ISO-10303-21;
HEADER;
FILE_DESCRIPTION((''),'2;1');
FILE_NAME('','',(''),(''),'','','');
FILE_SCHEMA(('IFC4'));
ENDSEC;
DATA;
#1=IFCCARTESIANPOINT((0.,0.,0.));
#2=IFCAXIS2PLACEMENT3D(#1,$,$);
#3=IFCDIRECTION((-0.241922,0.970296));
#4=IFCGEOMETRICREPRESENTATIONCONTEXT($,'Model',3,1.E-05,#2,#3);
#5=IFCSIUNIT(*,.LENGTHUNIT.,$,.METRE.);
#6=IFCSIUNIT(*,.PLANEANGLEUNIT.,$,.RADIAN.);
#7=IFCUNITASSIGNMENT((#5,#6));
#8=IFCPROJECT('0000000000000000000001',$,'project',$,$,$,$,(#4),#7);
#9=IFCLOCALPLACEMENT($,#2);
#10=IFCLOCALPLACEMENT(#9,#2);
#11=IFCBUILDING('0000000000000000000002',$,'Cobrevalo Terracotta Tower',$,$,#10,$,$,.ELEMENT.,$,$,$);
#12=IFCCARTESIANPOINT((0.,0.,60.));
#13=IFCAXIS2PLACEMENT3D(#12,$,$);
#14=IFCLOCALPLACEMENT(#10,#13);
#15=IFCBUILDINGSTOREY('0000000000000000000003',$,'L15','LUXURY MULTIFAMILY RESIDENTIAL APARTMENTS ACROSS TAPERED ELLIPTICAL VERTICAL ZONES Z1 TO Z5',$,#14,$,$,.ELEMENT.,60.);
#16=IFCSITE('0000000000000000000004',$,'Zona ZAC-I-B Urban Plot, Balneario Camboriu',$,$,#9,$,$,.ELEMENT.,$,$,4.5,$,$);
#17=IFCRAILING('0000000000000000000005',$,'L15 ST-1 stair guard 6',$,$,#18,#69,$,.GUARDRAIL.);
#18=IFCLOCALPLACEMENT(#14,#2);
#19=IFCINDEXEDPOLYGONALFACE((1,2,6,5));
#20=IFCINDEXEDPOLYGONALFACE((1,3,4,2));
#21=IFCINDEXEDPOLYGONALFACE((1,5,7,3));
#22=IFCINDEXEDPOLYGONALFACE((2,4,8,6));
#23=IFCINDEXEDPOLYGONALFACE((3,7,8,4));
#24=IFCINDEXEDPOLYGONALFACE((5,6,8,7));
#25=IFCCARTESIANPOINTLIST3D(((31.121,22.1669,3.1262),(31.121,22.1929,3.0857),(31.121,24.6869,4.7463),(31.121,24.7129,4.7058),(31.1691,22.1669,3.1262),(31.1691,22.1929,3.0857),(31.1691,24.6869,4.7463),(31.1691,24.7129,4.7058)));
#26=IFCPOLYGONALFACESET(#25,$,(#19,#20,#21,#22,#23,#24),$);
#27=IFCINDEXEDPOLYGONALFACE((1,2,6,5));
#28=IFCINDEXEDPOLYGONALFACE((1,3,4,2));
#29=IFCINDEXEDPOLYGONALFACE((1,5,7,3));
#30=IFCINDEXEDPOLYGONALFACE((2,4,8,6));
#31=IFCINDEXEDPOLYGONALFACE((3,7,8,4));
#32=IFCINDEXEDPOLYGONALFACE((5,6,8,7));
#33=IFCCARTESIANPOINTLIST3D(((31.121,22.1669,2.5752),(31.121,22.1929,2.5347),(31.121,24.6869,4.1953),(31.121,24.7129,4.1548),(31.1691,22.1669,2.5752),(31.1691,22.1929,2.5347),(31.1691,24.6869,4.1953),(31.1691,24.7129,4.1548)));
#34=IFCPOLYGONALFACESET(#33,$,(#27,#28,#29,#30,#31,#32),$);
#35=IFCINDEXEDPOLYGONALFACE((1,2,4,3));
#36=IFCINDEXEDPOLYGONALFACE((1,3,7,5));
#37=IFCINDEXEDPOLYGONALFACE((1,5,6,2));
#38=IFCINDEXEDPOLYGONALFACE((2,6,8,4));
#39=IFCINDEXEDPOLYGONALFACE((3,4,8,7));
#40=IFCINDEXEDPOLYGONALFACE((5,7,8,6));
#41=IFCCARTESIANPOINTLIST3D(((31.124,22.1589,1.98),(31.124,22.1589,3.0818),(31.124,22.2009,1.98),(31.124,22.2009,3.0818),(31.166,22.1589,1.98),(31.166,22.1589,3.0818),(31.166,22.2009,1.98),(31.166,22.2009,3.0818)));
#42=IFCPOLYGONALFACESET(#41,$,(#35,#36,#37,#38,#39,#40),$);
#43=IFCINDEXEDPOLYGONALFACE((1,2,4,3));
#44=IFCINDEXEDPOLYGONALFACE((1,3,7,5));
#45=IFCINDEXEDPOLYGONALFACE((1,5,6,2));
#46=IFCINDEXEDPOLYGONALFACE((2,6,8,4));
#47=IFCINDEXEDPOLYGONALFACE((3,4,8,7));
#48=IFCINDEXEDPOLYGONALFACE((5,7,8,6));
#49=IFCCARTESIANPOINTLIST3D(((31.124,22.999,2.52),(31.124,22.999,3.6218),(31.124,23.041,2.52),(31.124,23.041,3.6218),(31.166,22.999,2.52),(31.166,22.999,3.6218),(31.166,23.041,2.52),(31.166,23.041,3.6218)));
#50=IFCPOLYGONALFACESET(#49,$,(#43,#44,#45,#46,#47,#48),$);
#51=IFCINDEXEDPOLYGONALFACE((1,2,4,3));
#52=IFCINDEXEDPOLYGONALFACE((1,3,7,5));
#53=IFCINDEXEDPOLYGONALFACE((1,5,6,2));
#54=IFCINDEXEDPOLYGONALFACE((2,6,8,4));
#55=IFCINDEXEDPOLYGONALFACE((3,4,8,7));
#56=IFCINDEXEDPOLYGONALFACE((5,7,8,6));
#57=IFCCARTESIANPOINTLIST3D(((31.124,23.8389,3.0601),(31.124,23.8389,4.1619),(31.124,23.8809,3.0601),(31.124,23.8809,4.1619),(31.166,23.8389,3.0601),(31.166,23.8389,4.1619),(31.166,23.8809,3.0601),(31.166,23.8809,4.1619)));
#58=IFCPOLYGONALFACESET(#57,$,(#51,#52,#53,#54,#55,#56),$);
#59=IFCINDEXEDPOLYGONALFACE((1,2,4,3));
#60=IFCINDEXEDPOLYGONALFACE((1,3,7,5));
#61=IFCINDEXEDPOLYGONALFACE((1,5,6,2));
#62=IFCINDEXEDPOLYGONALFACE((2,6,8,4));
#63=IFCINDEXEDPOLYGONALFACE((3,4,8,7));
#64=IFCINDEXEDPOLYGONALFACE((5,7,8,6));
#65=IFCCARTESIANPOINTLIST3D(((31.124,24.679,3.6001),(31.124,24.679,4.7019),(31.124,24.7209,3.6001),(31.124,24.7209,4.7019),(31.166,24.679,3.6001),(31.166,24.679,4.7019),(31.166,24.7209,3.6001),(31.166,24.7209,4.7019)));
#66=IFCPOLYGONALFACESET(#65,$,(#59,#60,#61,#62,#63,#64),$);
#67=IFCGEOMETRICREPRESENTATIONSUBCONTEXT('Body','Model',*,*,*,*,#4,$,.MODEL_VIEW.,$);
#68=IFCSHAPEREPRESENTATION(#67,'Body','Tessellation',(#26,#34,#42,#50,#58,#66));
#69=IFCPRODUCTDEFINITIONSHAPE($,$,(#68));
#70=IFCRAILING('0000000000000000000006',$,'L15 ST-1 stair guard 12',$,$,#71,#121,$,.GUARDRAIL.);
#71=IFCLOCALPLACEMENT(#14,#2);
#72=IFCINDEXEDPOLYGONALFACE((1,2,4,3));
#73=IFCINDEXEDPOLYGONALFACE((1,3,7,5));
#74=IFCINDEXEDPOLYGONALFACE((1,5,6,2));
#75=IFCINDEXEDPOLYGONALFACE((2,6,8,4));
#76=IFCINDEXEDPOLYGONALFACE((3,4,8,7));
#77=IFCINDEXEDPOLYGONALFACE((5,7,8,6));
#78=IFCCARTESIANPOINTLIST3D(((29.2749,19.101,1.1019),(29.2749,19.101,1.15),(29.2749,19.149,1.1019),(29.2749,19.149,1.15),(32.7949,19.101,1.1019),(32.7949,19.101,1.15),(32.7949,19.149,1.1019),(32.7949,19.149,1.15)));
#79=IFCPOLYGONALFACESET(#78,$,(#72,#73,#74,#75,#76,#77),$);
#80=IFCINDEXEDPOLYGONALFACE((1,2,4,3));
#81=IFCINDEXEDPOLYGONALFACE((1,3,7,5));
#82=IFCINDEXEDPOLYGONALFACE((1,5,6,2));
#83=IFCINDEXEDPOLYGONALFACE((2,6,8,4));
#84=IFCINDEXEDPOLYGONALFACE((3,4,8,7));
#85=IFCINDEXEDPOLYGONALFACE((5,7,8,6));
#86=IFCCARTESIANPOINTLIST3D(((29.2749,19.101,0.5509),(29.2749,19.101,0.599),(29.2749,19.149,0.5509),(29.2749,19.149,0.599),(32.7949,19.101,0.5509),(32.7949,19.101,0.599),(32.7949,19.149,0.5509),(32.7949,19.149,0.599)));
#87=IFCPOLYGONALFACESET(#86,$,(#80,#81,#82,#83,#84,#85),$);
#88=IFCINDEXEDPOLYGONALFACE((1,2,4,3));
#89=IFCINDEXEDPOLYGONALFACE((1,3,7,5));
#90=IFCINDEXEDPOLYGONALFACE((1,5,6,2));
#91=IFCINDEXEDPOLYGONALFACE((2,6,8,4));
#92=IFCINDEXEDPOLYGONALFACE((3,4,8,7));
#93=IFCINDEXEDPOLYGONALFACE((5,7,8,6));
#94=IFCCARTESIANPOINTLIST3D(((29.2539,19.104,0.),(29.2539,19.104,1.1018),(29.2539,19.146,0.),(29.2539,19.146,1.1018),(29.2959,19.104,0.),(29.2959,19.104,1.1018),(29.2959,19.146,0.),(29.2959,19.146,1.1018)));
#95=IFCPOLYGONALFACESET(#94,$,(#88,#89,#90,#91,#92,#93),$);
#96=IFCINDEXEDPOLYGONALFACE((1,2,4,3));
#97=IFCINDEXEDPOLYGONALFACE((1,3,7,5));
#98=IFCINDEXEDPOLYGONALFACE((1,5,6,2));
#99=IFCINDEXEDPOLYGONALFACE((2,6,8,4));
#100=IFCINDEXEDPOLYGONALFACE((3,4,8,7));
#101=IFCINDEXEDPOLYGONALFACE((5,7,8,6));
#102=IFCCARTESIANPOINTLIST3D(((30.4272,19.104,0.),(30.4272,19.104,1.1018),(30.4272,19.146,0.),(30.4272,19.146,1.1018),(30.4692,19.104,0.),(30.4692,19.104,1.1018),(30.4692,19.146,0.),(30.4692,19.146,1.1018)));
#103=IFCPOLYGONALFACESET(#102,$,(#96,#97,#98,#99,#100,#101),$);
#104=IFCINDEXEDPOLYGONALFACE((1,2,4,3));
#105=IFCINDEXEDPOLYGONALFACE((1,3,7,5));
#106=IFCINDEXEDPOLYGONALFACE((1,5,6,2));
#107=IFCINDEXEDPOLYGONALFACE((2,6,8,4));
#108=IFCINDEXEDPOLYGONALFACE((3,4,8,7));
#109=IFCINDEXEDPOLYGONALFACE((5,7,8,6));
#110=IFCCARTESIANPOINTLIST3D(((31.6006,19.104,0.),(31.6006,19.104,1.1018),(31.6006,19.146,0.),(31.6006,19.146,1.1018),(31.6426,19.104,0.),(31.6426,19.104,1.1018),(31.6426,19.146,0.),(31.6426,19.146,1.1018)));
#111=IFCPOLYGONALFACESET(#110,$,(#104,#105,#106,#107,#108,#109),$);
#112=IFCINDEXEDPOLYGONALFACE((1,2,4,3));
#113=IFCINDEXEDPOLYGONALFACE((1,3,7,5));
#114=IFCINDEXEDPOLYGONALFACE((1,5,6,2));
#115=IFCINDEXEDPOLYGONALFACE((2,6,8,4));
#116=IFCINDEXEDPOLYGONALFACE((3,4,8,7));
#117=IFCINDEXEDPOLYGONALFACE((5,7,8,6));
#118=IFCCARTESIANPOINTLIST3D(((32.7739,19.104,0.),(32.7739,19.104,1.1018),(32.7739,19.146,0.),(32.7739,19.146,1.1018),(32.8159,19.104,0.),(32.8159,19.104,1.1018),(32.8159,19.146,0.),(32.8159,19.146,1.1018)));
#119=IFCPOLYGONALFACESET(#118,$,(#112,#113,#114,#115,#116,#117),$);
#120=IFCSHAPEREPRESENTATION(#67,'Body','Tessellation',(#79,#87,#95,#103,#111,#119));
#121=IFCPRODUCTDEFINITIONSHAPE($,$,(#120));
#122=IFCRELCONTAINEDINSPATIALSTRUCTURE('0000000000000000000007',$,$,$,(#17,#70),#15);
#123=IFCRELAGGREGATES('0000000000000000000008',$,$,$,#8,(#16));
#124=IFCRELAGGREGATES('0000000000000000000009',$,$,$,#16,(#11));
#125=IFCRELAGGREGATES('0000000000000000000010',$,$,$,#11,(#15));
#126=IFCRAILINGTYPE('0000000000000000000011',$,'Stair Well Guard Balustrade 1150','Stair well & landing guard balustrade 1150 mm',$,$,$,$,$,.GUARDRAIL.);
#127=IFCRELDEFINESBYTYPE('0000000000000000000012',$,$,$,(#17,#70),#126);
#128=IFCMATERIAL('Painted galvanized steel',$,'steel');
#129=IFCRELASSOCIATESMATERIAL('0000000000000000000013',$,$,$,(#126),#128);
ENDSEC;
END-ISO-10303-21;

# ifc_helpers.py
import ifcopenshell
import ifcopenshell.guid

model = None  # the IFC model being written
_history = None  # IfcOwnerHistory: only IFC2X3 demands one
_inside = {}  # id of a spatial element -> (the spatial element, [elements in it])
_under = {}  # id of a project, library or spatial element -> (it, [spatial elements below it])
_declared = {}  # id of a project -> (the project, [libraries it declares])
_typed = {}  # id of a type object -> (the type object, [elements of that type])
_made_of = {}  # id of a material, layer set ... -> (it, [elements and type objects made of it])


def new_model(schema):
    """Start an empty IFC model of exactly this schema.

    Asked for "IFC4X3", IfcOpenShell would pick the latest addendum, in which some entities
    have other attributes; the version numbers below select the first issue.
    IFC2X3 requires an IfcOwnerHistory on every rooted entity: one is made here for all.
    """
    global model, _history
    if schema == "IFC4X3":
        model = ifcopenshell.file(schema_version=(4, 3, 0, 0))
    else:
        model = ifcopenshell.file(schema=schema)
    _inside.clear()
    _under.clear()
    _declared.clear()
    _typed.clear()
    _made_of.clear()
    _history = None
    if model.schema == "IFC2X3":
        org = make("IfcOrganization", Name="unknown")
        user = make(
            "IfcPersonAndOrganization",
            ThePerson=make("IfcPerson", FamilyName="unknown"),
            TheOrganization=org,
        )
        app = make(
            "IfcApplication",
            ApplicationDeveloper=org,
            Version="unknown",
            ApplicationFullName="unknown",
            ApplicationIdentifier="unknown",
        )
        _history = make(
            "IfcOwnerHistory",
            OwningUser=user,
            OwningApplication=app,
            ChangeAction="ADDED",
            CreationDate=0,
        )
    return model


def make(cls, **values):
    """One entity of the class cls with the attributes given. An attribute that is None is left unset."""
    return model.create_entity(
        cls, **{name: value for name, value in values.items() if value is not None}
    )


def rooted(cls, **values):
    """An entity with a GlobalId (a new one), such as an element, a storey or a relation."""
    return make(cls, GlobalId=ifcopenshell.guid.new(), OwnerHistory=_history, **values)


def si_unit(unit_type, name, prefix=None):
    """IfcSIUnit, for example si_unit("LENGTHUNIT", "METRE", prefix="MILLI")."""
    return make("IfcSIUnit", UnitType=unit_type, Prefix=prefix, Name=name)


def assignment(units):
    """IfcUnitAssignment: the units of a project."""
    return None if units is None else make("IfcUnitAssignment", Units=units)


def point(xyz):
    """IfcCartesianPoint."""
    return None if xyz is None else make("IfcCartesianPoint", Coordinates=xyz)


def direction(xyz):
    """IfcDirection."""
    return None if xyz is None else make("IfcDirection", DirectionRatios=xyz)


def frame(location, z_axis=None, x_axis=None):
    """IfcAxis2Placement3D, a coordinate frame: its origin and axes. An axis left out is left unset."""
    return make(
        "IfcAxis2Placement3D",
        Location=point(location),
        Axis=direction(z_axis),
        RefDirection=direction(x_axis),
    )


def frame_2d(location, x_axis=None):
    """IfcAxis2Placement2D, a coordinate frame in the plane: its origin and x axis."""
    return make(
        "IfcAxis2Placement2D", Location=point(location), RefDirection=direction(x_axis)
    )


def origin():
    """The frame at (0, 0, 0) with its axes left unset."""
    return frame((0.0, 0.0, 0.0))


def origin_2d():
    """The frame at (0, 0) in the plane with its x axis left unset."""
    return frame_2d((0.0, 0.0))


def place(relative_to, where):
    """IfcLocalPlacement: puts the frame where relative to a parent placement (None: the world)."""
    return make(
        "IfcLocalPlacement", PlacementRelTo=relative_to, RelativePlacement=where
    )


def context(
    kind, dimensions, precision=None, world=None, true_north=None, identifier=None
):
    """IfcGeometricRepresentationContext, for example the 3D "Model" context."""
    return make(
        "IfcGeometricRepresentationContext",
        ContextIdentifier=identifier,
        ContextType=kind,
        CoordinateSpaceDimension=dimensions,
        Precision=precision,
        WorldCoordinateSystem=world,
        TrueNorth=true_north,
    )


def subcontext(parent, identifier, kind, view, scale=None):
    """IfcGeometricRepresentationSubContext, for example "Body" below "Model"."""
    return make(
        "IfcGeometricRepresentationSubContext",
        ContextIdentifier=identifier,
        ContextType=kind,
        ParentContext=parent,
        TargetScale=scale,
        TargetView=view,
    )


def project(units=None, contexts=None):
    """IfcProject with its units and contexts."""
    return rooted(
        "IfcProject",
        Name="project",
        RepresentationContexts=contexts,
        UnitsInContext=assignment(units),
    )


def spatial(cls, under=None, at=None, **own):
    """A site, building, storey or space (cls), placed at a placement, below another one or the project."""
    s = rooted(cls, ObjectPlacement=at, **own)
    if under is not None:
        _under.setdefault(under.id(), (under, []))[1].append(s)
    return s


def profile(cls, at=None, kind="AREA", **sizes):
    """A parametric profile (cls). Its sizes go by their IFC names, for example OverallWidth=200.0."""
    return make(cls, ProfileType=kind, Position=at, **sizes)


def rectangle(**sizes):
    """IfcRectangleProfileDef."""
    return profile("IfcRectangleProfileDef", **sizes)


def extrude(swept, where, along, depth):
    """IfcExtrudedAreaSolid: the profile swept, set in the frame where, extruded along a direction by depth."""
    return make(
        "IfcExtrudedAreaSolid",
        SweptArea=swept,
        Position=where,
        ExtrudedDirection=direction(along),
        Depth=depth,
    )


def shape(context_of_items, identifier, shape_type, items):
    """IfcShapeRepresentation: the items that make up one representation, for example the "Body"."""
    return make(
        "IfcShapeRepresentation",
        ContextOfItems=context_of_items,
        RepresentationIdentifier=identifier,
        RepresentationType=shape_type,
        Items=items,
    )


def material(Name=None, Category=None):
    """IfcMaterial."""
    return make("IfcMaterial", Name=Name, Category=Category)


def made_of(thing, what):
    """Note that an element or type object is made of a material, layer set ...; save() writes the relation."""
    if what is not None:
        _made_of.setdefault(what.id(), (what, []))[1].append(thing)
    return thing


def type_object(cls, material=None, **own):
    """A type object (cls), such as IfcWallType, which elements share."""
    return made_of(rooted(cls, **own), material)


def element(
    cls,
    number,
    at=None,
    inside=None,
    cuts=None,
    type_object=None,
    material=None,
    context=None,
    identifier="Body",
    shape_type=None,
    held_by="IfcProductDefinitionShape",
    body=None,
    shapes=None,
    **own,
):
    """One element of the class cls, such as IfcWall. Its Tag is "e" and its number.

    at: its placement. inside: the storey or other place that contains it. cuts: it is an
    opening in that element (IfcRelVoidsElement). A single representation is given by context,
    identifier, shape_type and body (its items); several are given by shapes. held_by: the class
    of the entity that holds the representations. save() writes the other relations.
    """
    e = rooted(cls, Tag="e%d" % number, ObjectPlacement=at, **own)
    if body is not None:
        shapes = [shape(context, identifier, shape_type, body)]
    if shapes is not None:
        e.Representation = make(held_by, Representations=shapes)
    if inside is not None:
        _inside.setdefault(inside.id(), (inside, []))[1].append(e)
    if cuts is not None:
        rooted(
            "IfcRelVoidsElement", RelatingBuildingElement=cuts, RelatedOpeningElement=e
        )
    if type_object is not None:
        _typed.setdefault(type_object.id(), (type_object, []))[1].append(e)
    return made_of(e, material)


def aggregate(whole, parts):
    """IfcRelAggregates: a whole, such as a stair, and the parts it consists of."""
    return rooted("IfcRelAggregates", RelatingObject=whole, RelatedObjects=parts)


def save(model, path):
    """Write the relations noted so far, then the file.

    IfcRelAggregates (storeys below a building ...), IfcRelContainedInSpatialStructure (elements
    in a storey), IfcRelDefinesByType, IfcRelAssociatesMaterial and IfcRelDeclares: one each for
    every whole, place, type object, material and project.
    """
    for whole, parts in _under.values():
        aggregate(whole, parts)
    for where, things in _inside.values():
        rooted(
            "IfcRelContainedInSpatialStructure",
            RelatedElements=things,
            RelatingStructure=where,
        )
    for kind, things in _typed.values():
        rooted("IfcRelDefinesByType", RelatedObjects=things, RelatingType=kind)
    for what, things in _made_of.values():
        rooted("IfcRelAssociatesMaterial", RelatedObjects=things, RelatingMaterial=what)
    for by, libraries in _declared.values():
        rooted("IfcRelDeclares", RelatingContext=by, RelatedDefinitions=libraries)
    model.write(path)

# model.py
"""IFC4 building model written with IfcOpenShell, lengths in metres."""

from ifc_helpers import new_model, si_unit, direction, frame, origin, origin_2d, place, context, subcontext, project, spatial, rectangle, extrude, material, type_object, element, save


model = new_model("IFC4")

# Units and contexts
model_context = context("Model", 3, precision=1e-05, world=origin(), true_north=direction((-0.241922, 0.970296)))
body_context = subcontext(model_context, "Body", "Model", "MODEL_VIEW")
ifc_project = project(units=[si_unit("LENGTHUNIT", "METRE"), si_unit("PLANEANGLEUNIT", "RADIAN")], contexts=[model_context])

# Site, building, storey
site_placement = place(None, origin())
site = spatial("IfcSite", under=ifc_project, at=site_placement, Name="Zona ZAC-I-B Urban Plot, Balneario Camboriu", CompositionType="ELEMENT", RefElevation=4.5)
building_placement = place(site_placement, origin())
building = spatial("IfcBuilding", under=site, at=building_placement, Name="Cobrevalo Terracotta Tower", CompositionType="ELEMENT")
storey_placement = place(building_placement, frame((0.0, 0.0, 60.0)))
storey = spatial("IfcBuildingStorey", under=building, at=storey_placement, Name="L15", Description="LUXURY MULTIFAMILY RESIDENTIAL APARTMENTS ACROSS TAPERED ELLIPTICAL VERTICAL ZONES Z1 TO Z5", CompositionType="ELEMENT", Elevation=60.0)

# Railings
ifc_material_1 = material(Name="Painted galvanized steel", Category="steel")
railing_type = type_object("IfcRailingType", Name="Stair Well Guard Balustrade 1150", Description="Stair well & landing guard balustrade 1150 mm", PredefinedType="GUARDRAIL", material=ifc_material_1)
railing_1_placement = place(storey_placement, frame((31.145, 22.1799, 1.98)))
element("IfcRailing", 1, at=railing_1_placement, inside=storey, type_object=railing_type, Name="L15 ST-1 stair guard 6", PredefinedType="GUARDRAIL", context=body_context, shape_type="SweptSolid", body=[
    extrude(rectangle(XDim=0.0481, YDim=0.0481, at=origin_2d()), frame((0.0, 0.0, 1.126), z_axis=(0.0, 0.841163, 0.540782), x_axis=(-1.0, 0.0, 0.0)), (0.0, 0.0, 1.0), 2.9958),
    extrude(rectangle(XDim=0.0481, YDim=0.0481, at=origin_2d()), frame((0.0, 0.0, 0.575), z_axis=(0.0, 0.841163, 0.540782), x_axis=(-1.0, 0.0, 0.0)), (0.0, 0.0, 1.0), 2.9958),
    extrude(rectangle(XDim=0.042, YDim=0.042, at=origin_2d()), origin(), (0.0, 0.0, 1.0), 1.1018),
    extrude(rectangle(XDim=0.042, YDim=0.042, at=origin_2d()), frame((0.0, 0.8401, 0.54)), (0.0, 0.0, 1.0), 1.1018),
    extrude(rectangle(XDim=0.042, YDim=0.042, at=origin_2d()), frame((0.0, 1.6799, 1.0801)), (0.0, 0.0, 1.0), 1.1018),
    extrude(rectangle(XDim=0.042, YDim=0.042, at=origin_2d()), frame((0.0, 2.52, 1.6201)), (0.0, 0.0, 1.0), 1.1018),
])
railing_2_placement = place(storey_placement, frame((29.2749, 19.125, 0.0)))
element("IfcRailing", 2, at=railing_2_placement, inside=storey, type_object=railing_type, Name="L15 ST-1 stair guard 12", PredefinedType="GUARDRAIL", context=body_context, shape_type="SweptSolid", body=[
    extrude(rectangle(XDim=0.0481, YDim=0.0481, at=origin_2d()), frame((0.0, 0.0, 1.126), z_axis=(1.0, 0.0, 0.0), x_axis=(0.0, 1.0, 0.0)), (0.0, 0.0, 1.0), 3.52),
    extrude(rectangle(XDim=0.0481, YDim=0.0481, at=origin_2d()), frame((0.0, 0.0, 0.575), z_axis=(1.0, 0.0, 0.0), x_axis=(0.0, 1.0, 0.0)), (0.0, 0.0, 1.0), 3.52),
    extrude(rectangle(XDim=0.042, YDim=0.042, at=origin_2d()), origin(), (0.0, 0.0, 1.0), 1.1018),
    extrude(rectangle(XDim=0.042, YDim=0.042, at=origin_2d()), frame((1.1733, 0.0, 0.0)), (0.0, 0.0, 1.0), 1.1018),
    extrude(rectangle(XDim=0.042, YDim=0.042, at=origin_2d()), frame((2.3467, 0.0, 0.0)), (0.0, 0.0, 1.0), 1.1018),
    extrude(rectangle(XDim=0.042, YDim=0.042, at=origin_2d()), frame((3.52, 0.0, 0.0)), (0.0, 0.0, 1.0), 1.1018),
])

save(model, "model.ifc")
